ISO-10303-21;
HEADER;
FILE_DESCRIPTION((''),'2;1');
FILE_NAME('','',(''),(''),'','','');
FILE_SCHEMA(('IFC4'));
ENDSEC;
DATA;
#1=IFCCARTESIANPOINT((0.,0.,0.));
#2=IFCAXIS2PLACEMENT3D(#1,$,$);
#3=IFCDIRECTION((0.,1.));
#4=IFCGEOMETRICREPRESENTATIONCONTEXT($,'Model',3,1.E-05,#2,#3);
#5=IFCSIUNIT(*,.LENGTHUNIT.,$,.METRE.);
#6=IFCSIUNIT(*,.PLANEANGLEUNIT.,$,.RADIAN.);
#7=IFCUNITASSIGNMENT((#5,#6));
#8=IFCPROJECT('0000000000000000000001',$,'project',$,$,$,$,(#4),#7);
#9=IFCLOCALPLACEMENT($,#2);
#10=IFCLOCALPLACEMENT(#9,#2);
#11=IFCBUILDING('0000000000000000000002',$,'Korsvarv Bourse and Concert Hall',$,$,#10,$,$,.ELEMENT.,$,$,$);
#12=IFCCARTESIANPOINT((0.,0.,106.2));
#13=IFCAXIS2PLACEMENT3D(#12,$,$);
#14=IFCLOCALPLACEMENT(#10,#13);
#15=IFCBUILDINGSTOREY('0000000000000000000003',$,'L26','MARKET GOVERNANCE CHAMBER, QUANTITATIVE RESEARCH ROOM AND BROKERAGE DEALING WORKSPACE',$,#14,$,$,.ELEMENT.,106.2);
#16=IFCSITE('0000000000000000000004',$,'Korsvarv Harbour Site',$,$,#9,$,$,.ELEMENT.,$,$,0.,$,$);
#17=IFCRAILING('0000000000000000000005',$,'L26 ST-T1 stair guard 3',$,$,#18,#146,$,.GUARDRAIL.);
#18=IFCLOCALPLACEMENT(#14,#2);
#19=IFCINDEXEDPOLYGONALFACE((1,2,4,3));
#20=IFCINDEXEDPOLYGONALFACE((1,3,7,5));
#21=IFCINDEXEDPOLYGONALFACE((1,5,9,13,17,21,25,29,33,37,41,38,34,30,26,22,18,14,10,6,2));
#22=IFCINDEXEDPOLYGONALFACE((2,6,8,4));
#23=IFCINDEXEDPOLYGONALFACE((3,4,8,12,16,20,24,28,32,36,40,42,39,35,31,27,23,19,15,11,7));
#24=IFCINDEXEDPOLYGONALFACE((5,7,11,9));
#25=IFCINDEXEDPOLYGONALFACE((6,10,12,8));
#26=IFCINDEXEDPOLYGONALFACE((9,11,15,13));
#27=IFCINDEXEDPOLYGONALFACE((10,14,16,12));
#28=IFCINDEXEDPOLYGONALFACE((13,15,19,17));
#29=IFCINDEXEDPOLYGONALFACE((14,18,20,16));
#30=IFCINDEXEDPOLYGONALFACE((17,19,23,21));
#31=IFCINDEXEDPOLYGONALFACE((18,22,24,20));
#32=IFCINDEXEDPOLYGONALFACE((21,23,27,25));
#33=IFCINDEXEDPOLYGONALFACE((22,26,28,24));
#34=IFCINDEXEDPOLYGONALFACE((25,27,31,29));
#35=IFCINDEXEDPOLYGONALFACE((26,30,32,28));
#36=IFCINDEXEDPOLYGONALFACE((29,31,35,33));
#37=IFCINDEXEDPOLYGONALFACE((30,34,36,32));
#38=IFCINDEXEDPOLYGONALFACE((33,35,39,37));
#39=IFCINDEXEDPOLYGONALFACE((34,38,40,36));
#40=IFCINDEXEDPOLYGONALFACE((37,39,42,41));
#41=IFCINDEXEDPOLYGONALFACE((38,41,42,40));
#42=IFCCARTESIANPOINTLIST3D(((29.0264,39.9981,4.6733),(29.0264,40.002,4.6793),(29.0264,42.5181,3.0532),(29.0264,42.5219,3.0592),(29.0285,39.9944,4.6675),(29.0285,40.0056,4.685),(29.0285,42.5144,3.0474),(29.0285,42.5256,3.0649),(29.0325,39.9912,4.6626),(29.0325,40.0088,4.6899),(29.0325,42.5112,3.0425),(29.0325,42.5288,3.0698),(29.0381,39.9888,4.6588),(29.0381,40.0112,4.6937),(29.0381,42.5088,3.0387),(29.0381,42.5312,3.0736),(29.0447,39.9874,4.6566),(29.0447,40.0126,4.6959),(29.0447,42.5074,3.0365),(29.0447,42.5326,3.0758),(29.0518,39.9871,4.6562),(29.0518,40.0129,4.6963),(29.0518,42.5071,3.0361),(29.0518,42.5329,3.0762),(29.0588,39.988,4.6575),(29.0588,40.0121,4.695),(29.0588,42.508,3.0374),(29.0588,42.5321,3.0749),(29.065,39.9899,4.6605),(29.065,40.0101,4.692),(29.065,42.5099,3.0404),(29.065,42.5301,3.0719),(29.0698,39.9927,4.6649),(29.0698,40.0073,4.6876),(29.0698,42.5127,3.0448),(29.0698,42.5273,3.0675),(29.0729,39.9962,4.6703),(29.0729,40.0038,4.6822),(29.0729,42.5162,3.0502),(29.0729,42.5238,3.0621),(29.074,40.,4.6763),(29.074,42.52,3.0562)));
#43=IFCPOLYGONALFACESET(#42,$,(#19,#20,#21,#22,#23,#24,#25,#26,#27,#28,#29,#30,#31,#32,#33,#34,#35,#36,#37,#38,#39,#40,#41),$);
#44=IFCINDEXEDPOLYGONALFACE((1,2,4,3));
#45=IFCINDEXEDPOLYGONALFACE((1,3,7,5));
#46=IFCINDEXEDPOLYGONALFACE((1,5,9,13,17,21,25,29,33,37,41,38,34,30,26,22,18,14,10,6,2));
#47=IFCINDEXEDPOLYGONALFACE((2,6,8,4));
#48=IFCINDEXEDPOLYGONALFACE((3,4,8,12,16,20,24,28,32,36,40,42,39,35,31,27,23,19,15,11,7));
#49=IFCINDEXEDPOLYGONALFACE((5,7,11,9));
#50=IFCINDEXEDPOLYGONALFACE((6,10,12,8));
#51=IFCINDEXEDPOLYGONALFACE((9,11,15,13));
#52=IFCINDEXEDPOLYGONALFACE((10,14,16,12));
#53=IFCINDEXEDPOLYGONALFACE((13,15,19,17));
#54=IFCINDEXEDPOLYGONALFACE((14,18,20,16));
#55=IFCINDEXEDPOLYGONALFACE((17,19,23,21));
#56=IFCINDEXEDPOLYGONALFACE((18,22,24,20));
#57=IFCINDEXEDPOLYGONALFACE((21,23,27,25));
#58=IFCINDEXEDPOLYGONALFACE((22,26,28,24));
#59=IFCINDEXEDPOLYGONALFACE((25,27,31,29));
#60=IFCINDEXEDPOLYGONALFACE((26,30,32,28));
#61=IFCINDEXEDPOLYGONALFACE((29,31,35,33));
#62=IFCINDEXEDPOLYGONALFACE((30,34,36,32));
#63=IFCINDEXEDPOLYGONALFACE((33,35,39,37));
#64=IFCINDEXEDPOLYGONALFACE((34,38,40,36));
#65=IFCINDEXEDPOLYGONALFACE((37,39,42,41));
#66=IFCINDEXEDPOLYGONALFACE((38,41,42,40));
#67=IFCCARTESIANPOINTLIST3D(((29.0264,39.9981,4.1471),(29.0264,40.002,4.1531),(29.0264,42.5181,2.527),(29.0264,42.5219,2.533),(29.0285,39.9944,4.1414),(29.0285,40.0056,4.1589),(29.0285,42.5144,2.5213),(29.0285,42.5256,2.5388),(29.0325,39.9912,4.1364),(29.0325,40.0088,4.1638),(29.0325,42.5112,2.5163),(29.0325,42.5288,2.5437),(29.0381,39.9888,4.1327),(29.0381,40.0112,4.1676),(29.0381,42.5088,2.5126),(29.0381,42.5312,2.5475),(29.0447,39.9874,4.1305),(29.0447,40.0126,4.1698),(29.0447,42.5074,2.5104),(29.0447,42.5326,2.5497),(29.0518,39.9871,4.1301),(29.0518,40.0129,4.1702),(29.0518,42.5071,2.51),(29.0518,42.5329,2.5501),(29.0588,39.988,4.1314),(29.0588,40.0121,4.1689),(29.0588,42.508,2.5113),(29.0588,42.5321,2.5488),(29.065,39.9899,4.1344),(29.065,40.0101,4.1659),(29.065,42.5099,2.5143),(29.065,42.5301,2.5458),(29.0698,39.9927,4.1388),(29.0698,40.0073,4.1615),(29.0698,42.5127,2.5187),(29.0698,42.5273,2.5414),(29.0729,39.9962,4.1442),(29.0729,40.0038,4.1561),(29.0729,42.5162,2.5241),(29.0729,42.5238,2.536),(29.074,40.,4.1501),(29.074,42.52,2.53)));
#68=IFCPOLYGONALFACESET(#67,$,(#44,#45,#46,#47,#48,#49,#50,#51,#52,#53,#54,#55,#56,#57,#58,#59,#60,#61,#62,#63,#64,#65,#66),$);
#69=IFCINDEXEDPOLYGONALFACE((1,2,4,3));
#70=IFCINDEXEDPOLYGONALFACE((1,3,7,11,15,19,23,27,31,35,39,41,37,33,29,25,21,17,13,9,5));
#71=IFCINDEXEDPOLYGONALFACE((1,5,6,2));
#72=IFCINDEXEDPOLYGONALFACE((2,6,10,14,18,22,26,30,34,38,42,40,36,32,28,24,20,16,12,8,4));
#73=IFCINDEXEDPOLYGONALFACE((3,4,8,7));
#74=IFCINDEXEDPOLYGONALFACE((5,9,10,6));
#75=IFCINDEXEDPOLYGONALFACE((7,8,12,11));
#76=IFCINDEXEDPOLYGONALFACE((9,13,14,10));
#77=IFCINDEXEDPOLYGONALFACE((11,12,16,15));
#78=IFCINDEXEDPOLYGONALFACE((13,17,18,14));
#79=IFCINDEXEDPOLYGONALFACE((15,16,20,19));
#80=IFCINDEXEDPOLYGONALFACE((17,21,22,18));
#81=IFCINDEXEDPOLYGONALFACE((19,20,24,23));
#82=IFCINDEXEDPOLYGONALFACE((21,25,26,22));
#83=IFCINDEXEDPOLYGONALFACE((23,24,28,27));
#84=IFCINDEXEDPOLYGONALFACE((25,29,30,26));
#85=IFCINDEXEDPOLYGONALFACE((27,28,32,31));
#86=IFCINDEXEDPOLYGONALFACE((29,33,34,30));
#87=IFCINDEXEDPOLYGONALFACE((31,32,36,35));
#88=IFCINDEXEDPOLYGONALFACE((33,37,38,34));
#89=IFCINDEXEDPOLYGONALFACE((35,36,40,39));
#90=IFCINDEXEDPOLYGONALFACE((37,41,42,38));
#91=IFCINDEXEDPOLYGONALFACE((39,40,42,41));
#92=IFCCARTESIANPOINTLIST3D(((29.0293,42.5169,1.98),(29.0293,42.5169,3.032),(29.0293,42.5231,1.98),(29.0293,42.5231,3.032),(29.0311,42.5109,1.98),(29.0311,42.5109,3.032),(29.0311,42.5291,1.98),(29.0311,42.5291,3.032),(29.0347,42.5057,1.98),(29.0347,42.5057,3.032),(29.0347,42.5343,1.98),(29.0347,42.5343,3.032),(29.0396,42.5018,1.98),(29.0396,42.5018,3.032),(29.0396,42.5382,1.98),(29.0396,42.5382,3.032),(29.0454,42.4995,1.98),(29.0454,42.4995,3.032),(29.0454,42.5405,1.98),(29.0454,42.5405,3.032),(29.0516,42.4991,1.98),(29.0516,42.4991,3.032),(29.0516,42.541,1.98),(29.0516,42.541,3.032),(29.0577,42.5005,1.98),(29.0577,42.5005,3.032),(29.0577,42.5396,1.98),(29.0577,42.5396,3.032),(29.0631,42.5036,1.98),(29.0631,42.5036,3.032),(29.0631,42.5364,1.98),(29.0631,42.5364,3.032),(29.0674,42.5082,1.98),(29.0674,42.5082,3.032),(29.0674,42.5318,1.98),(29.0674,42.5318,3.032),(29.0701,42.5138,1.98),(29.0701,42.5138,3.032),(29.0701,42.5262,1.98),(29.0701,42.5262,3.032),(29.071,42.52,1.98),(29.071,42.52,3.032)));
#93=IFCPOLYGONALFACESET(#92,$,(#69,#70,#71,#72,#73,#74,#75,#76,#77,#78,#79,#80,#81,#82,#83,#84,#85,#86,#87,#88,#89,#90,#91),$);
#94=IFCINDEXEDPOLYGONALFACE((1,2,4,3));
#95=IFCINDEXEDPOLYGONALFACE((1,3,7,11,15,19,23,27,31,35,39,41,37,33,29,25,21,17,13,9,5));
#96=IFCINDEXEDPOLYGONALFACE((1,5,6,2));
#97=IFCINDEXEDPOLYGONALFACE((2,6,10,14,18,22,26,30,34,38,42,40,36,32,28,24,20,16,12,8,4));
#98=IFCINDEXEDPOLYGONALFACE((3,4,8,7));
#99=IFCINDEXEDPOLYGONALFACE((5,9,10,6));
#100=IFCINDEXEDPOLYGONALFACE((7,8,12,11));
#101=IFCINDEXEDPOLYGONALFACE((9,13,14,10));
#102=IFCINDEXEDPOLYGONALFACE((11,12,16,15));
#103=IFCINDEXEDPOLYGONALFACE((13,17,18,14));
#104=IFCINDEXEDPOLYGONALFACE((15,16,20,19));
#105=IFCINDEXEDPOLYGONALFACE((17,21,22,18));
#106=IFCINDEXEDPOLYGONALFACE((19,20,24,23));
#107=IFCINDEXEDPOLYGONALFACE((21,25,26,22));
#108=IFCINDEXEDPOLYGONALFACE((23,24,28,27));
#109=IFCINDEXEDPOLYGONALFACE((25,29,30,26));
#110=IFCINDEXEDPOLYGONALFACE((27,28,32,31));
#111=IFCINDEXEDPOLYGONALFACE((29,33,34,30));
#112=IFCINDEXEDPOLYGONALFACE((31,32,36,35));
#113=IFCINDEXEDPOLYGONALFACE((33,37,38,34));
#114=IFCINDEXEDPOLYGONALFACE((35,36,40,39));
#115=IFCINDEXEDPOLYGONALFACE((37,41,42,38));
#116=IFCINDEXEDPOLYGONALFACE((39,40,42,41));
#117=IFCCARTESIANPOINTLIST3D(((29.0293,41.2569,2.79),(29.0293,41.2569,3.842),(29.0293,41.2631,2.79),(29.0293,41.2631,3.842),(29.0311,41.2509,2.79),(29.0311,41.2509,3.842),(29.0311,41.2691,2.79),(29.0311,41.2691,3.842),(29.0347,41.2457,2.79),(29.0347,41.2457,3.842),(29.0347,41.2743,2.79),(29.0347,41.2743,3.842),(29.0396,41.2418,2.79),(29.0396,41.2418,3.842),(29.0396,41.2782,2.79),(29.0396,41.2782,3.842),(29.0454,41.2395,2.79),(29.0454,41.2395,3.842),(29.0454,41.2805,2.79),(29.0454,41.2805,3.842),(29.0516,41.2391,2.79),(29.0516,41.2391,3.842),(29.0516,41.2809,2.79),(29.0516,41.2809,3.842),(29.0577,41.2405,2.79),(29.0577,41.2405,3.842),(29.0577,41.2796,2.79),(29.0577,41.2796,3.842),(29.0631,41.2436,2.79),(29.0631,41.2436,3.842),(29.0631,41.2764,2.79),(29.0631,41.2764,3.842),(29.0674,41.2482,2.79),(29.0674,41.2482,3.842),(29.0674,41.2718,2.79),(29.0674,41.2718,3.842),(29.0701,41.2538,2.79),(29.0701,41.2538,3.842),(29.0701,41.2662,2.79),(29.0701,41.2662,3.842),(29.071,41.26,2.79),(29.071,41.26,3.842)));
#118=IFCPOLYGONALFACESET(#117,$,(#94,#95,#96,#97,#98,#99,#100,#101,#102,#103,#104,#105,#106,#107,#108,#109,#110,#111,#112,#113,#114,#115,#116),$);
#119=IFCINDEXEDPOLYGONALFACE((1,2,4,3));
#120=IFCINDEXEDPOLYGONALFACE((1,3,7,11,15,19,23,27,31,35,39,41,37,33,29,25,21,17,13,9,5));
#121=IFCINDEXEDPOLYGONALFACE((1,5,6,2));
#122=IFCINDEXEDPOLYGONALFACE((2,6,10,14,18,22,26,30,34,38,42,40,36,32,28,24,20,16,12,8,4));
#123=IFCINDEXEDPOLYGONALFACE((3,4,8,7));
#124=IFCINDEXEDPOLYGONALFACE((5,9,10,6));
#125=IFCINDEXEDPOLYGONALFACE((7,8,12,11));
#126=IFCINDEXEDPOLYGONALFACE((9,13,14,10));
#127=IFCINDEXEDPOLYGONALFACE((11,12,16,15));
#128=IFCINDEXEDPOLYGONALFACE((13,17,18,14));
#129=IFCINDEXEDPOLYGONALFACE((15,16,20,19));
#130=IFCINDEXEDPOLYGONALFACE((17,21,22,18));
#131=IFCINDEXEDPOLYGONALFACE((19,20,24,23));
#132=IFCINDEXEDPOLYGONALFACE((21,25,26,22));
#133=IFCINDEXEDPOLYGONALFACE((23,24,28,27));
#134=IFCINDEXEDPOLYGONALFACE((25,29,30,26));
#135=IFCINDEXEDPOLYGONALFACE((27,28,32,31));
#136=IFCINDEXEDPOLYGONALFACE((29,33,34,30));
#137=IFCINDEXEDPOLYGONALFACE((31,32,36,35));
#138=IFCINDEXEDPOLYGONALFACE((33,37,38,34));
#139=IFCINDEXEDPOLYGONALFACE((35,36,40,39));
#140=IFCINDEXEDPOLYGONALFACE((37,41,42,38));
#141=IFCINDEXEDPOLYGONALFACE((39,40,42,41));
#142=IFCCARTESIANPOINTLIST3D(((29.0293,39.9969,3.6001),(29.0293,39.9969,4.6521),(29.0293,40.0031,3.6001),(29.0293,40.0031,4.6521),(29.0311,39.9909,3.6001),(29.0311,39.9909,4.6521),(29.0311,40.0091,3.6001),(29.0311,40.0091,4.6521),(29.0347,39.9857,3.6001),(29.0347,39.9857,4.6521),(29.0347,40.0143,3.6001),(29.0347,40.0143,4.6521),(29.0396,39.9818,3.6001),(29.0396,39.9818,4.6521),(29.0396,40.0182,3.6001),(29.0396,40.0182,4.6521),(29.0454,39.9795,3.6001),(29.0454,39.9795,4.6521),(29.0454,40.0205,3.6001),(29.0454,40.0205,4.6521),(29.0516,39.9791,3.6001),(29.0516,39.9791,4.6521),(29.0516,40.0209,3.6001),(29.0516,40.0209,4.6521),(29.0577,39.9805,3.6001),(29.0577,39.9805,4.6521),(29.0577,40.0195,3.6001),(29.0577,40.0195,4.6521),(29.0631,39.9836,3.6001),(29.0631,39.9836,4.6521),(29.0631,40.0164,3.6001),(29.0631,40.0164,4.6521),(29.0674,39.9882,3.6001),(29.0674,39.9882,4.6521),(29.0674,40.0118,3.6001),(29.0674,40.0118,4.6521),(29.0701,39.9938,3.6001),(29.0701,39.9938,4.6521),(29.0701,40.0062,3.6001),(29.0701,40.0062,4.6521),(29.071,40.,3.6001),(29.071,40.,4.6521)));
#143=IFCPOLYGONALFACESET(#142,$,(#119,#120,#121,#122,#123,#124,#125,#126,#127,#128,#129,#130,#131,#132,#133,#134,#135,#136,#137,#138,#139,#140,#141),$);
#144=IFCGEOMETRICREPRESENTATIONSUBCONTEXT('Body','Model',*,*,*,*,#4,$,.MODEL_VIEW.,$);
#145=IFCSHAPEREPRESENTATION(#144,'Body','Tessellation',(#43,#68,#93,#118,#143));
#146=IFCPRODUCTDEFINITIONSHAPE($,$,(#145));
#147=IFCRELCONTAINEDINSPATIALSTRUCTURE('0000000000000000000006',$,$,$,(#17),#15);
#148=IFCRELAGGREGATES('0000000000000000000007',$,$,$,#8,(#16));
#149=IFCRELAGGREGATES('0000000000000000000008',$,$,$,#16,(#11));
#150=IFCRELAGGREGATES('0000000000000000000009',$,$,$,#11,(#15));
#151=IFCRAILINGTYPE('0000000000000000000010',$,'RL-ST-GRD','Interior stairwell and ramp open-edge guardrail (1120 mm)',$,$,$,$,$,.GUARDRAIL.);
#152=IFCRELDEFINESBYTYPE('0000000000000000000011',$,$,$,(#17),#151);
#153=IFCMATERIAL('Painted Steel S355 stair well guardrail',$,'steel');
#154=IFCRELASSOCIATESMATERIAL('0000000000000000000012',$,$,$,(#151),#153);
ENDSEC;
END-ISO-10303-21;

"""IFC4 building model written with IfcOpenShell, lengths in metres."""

from ifc_helpers import new_model, si_unit, direction, frame, origin, origin_2d, place, context, subcontext, project, spatial, circle, extrude, material, type_object, element, save


model = new_model("IFC4")

# Units and contexts
model_context = context("Model", 3, precision=1e-05, world=origin(), true_north=direction((0.0, 1.0)))
body_context = subcontext(model_context, "Body", "Model", "MODEL_VIEW")
ifc_project = project(units=[si_unit("LENGTHUNIT", "METRE"), si_unit("PLANEANGLEUNIT", "RADIAN")], contexts=[model_context])

# Site, building, storey
site_placement = place(None, origin())
site = spatial("IfcSite", under=ifc_project, at=site_placement, Name="Korsvarv Harbour Site", CompositionType="ELEMENT", RefElevation=0.0)
building_placement = place(site_placement, origin())
building = spatial("IfcBuilding", under=site, at=building_placement, Name="Korsvarv Bourse and Concert Hall", CompositionType="ELEMENT")
storey_placement = place(building_placement, frame((0.0, 0.0, 106.2)))
storey = spatial("IfcBuildingStorey", under=building, at=storey_placement, Name="L26", Description="MARKET GOVERNANCE CHAMBER, QUANTITATIVE RESEARCH ROOM AND BROKERAGE DEALING WORKSPACE", CompositionType="ELEMENT", Elevation=106.2)

# Railing
ifc_material_1 = material(Name="Painted Steel S355 stair well guardrail", Category="steel")
railing_type_1 = type_object("IfcRailingType", Name="RL-ST-GRD", Description="Interior stairwell and ramp open-edge guardrail (1120 mm)", PredefinedType="GUARDRAIL", material=ifc_material_1)
railing_1_placement = place(storey_placement, frame((29.05, 42.52, 1.98)))
element("IfcRailing", 1, at=railing_1_placement, inside=storey, type_object=railing_type_1, Name="L26 ST-T1 stair guard 3", PredefinedType="GUARDRAIL", context=body_context, shape_type="SweptSolid", body=[
    extrude(circle(Radius=0.0239, at=origin_2d()), frame((0.0, 0.0, 1.0762), z_axis=(0.0, -0.841163, 0.540782), x_axis=(1.0, 0.0, 0.0)), (0.0, 0.0, 1.0), 2.9958),
    extrude(circle(Radius=0.0239, at=origin_2d()), frame((0.0, 0.0, 0.55), z_axis=(0.0, -0.841163, 0.540782), x_axis=(1.0, 0.0, 0.0)), (0.0, 0.0, 1.0), 2.9958),
    extrude(circle(Radius=0.021, at=origin_2d()), origin(), (0.0, 0.0, 1.0), 1.052),
    extrude(circle(Radius=0.021, at=origin_2d()), frame((0.0, -1.26, 0.8101)), (0.0, 0.0, 1.0), 1.052),
    extrude(circle(Radius=0.021, at=origin_2d()), frame((0.0, -2.52, 1.6201)), (0.0, 0.0, 1.0), 1.052),
])

save(model, "model.ifc")
